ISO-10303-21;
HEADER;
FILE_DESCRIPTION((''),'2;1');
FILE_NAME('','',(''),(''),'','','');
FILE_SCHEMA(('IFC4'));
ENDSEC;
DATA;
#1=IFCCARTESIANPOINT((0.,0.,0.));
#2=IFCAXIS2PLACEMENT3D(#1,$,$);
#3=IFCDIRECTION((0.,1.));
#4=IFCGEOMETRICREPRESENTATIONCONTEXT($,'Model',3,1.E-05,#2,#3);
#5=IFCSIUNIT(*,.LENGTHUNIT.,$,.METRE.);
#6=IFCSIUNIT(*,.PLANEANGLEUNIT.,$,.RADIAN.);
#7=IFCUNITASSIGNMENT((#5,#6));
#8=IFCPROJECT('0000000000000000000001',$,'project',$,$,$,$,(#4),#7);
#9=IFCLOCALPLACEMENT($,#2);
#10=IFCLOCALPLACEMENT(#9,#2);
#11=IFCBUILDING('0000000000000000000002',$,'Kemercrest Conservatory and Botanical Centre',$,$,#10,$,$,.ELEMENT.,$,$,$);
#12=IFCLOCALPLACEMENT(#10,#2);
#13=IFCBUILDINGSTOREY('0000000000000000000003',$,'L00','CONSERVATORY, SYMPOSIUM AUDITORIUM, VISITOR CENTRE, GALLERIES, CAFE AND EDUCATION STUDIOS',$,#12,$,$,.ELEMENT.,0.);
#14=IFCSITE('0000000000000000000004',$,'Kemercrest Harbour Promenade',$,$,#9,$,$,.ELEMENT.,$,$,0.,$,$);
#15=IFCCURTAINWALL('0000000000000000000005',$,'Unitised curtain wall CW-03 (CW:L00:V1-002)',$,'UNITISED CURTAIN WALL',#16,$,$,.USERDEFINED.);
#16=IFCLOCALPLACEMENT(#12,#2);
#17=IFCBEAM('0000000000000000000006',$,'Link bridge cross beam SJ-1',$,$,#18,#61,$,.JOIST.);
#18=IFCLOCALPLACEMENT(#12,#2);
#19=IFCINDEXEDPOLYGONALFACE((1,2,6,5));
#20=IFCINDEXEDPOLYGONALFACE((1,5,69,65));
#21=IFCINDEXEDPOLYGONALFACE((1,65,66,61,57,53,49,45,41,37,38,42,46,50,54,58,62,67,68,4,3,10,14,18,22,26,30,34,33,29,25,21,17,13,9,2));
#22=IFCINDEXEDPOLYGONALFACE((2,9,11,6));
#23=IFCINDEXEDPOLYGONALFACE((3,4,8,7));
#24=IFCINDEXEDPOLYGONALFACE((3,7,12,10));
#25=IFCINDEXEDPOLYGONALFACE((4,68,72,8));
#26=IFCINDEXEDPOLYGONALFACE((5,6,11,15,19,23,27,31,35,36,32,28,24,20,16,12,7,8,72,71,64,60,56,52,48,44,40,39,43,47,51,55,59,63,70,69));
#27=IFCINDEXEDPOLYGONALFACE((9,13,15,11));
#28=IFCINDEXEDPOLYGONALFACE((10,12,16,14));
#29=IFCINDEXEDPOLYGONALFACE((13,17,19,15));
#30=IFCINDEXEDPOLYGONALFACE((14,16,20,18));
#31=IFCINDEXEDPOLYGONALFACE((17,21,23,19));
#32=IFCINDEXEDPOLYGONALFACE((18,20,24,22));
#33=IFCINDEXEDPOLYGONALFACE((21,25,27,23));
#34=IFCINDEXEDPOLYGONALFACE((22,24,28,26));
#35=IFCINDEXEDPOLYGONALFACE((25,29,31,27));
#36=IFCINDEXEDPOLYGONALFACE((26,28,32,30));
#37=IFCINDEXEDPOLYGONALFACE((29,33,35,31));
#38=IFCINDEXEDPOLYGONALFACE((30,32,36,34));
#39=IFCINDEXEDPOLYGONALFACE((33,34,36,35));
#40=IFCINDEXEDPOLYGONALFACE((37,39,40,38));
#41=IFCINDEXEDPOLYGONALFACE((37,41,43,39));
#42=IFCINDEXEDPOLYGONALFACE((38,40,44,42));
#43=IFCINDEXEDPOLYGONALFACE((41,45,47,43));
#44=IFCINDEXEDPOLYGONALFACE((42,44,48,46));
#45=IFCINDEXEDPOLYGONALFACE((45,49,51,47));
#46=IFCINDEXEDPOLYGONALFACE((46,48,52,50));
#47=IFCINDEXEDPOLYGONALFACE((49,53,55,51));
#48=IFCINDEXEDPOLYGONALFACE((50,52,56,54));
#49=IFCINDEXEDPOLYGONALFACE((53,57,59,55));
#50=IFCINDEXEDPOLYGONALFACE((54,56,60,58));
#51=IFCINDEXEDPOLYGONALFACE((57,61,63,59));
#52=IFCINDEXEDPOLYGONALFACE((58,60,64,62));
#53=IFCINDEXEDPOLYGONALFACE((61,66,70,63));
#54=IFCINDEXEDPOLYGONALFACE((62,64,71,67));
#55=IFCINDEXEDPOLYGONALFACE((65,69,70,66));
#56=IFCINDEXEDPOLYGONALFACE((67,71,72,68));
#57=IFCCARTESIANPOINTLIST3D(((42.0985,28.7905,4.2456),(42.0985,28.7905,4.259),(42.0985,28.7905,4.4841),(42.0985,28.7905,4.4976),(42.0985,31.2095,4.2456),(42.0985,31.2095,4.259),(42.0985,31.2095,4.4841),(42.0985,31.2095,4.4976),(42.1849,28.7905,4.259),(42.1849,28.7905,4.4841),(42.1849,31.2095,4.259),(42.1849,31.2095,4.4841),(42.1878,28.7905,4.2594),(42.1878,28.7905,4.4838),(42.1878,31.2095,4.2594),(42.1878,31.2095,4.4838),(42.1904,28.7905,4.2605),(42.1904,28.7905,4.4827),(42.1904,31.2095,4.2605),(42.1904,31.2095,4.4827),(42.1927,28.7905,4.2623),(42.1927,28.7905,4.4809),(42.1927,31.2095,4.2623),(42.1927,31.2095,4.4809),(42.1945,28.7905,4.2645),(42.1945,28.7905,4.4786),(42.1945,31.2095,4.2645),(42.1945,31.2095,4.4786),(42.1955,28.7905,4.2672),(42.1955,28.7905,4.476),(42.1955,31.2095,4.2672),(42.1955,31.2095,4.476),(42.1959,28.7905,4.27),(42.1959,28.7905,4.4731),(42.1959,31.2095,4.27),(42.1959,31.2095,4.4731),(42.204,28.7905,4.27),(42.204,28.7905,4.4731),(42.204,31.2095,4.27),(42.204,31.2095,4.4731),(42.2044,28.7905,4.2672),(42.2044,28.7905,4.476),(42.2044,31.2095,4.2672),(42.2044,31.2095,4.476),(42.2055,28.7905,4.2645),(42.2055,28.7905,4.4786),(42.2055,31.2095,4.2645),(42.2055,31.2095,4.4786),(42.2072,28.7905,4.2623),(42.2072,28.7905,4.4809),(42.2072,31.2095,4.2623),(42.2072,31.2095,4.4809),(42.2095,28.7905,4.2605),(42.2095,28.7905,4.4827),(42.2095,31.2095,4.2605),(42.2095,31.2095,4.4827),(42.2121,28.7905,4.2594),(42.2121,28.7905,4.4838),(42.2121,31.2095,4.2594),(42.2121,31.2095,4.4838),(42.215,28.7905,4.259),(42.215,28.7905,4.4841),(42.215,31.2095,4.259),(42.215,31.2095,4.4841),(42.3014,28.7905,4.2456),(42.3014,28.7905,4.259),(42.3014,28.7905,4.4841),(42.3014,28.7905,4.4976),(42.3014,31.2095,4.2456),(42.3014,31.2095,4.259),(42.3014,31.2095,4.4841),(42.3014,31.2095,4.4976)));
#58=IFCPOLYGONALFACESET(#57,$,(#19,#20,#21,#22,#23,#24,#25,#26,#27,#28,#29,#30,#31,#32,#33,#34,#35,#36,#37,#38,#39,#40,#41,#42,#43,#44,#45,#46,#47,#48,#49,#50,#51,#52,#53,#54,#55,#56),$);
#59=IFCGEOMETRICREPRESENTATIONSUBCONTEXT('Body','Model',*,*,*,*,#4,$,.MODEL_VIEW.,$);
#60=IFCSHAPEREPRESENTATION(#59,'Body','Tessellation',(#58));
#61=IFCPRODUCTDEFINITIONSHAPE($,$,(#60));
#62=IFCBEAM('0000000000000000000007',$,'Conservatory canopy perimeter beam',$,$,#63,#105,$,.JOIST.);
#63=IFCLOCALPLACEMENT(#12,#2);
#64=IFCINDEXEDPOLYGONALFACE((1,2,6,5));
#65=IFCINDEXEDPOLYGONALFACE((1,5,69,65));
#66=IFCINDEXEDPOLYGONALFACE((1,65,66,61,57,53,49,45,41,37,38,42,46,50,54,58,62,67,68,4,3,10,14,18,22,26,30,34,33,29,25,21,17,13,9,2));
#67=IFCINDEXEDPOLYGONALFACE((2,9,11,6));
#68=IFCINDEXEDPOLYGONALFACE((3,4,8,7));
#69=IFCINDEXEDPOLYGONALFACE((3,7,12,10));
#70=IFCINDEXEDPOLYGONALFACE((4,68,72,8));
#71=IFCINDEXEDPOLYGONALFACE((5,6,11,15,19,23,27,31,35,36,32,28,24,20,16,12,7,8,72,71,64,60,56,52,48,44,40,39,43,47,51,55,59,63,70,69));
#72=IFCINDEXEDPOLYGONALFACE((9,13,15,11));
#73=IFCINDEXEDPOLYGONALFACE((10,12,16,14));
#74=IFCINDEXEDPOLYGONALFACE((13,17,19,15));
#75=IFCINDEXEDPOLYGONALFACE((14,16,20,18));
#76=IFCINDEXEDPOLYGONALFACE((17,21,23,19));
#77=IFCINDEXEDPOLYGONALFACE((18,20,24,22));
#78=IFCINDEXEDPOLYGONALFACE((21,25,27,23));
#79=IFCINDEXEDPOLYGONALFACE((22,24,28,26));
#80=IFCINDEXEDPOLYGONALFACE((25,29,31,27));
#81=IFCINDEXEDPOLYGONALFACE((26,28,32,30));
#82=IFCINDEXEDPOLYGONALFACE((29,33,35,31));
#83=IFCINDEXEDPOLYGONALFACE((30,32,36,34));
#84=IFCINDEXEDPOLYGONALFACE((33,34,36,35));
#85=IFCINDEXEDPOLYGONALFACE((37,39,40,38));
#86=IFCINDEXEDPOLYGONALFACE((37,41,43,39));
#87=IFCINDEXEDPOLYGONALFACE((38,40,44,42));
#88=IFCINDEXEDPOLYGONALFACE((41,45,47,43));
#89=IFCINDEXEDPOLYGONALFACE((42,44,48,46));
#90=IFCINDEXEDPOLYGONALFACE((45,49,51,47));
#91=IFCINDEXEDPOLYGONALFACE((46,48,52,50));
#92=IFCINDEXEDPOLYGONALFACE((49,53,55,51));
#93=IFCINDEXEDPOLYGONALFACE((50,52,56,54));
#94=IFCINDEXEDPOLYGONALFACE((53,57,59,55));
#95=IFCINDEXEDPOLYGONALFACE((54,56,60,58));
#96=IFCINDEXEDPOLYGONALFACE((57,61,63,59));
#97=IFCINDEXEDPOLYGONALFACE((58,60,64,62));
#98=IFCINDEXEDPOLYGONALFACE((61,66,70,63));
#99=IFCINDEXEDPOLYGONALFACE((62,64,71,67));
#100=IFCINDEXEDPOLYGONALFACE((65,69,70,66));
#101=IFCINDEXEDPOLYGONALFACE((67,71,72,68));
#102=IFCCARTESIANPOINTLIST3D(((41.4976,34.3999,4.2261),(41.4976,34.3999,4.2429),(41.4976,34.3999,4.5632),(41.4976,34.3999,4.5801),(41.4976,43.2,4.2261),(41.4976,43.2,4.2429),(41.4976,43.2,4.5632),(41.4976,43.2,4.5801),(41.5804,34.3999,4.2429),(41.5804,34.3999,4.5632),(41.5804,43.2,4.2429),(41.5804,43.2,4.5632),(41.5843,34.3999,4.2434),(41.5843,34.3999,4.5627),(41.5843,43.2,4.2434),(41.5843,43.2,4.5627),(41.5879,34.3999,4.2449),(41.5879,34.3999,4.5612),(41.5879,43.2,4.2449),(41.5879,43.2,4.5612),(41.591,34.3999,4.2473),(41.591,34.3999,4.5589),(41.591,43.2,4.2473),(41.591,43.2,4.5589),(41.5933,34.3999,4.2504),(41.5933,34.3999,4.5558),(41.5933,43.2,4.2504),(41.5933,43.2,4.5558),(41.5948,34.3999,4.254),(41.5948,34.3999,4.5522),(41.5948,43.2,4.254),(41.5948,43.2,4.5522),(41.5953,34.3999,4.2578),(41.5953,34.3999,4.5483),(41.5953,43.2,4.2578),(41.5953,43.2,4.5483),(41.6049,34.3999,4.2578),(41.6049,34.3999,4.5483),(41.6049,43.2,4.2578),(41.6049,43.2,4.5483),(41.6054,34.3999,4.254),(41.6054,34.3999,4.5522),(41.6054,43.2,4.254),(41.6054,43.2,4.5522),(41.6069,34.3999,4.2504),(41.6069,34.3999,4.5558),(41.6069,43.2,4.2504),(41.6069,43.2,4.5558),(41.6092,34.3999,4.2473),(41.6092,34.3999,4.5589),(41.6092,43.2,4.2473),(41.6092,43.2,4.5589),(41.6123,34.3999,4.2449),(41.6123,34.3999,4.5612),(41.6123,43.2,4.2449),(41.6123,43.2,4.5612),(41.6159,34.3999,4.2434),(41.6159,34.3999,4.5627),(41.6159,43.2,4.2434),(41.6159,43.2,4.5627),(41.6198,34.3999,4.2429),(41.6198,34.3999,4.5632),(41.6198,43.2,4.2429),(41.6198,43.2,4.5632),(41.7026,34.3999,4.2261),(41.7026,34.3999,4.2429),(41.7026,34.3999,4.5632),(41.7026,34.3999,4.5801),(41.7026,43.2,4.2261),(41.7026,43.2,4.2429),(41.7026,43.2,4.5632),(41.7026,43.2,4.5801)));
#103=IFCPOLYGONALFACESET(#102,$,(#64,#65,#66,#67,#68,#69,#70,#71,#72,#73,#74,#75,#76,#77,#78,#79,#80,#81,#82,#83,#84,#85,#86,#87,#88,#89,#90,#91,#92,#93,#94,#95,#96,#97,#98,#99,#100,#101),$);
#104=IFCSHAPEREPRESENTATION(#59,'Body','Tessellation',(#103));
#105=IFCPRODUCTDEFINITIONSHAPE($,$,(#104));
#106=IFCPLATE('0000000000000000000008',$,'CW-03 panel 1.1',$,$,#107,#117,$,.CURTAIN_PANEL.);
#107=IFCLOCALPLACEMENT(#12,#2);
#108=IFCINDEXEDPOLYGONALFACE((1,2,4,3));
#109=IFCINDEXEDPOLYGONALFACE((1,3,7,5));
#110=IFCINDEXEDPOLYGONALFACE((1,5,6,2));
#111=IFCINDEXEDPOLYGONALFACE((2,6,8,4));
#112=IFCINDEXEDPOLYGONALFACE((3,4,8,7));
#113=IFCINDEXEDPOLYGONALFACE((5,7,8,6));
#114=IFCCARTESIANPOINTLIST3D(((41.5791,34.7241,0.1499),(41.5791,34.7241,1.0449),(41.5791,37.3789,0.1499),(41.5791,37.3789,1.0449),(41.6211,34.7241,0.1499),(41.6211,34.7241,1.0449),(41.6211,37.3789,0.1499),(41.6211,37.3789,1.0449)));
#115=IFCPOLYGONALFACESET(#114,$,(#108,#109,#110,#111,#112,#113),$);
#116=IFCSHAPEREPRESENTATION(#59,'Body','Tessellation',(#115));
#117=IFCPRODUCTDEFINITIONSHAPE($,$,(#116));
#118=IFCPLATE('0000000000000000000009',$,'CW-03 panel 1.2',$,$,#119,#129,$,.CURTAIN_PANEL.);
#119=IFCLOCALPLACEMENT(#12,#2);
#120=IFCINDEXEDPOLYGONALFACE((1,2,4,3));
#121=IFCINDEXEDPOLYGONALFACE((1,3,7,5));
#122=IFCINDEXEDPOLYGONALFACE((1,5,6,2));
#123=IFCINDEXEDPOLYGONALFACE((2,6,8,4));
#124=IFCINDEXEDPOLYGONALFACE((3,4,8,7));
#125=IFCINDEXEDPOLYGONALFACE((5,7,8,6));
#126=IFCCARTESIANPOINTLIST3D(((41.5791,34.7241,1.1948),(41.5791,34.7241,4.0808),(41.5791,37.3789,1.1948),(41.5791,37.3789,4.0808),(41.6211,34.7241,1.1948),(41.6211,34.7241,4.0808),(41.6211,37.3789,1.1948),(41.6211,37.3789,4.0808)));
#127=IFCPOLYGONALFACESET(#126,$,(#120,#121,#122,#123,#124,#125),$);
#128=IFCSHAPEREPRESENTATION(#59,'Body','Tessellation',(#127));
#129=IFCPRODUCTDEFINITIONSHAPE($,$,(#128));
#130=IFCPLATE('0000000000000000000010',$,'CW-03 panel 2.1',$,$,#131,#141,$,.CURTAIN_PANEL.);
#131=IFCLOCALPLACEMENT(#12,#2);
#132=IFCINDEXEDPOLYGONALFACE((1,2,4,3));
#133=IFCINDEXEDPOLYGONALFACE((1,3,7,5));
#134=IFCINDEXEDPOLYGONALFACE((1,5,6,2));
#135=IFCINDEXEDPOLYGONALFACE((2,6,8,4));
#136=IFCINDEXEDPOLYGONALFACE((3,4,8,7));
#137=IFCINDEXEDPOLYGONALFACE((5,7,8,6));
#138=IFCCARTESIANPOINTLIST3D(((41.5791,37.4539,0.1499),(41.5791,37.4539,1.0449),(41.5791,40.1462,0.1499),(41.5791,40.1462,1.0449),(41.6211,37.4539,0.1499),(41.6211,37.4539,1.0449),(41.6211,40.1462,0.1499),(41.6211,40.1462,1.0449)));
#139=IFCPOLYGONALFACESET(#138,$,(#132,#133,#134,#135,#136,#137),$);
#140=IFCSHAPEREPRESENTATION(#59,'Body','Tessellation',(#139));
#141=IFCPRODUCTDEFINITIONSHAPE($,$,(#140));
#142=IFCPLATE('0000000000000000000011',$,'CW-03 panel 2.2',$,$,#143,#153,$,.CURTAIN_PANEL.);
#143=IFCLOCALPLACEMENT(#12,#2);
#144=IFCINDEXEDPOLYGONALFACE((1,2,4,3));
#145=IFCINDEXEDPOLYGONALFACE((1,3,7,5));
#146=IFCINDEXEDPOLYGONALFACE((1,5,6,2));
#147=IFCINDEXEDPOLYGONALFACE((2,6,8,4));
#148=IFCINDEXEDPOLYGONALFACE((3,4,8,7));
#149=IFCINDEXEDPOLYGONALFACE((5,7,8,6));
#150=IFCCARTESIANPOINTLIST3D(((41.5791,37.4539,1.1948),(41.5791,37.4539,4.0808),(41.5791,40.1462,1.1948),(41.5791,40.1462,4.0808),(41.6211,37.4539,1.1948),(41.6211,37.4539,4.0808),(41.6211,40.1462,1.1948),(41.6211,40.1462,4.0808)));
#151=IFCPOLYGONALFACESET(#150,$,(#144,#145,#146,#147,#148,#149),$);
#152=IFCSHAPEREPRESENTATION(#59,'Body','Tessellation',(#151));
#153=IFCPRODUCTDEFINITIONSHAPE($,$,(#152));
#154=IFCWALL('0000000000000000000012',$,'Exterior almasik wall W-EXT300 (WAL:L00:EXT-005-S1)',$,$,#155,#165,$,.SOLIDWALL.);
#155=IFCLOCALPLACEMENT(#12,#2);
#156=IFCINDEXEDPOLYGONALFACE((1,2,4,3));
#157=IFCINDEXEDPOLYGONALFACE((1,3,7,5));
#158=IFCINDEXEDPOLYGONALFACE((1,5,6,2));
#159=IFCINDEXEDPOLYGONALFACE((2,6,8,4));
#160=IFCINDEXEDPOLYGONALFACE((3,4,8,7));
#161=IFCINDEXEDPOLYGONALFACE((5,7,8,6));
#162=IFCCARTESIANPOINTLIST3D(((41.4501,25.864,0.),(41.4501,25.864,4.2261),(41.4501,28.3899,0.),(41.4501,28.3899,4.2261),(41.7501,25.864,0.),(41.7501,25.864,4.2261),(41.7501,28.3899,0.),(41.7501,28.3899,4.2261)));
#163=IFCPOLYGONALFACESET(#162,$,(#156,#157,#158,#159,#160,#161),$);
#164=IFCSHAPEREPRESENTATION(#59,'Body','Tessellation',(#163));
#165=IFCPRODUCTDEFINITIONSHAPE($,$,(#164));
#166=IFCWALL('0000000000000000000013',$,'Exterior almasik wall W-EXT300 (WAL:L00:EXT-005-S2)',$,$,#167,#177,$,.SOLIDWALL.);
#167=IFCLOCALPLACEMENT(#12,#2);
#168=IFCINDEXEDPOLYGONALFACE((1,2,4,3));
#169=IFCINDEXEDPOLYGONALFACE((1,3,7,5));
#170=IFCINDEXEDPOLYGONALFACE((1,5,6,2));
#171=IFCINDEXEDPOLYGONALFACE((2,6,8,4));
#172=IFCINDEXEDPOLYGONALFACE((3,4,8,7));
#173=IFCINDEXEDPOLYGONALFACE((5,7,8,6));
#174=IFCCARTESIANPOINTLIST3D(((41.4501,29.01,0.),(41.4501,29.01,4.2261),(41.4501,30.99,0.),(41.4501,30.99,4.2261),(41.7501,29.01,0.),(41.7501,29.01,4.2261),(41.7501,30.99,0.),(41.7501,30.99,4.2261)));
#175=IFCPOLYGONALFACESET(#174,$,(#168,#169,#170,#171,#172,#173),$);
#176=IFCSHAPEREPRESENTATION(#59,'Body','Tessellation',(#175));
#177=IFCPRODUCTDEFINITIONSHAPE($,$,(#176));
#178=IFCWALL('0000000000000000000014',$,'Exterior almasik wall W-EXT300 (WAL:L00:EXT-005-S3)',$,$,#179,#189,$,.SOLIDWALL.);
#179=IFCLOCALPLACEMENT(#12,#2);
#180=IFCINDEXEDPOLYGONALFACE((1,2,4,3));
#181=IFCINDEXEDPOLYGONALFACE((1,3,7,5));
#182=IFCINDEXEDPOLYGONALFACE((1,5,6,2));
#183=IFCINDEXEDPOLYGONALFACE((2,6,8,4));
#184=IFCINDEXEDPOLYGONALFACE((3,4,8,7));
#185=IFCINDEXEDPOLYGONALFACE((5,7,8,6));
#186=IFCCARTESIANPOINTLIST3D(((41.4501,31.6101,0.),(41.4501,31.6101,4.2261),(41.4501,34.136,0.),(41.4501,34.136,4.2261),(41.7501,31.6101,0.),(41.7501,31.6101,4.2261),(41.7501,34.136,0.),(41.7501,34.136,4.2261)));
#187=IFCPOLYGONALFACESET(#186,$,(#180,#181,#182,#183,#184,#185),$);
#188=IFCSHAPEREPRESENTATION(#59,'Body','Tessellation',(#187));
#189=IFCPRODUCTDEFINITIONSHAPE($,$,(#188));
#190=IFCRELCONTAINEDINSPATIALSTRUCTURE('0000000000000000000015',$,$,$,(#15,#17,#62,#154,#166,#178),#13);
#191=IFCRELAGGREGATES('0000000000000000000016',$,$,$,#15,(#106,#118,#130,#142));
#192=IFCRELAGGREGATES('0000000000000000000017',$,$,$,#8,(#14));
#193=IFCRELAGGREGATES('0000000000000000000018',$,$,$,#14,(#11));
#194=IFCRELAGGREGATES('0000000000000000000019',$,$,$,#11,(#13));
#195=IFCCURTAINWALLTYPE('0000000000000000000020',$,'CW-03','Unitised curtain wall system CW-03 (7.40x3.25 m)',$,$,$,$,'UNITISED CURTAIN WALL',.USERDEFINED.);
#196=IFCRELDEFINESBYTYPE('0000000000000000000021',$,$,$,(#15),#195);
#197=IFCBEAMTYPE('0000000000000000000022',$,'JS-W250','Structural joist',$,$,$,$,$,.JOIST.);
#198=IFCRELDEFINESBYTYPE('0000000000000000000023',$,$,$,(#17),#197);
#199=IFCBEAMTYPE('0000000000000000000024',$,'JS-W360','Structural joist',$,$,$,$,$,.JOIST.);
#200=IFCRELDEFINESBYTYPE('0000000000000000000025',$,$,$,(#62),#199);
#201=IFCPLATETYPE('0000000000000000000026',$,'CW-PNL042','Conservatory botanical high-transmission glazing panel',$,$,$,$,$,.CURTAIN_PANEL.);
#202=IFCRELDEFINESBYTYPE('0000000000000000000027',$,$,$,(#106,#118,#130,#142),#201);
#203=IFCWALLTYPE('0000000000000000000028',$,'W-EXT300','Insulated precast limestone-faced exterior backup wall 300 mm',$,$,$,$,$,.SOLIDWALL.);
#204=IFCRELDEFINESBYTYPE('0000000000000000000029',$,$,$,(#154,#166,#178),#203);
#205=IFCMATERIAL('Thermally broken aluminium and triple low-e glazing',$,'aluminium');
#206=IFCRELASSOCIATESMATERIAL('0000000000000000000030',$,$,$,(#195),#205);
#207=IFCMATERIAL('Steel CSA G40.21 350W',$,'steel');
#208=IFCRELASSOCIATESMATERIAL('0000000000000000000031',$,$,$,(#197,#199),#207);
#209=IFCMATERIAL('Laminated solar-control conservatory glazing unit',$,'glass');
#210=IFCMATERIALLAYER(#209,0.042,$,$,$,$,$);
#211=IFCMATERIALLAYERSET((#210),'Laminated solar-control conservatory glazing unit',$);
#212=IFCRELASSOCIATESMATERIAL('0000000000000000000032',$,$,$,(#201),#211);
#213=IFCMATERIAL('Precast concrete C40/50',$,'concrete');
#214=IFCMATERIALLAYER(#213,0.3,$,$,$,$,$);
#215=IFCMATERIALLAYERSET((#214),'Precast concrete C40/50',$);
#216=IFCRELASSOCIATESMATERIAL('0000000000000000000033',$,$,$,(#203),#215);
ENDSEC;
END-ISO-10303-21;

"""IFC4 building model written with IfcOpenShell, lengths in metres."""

from ifc_helpers import new_model, si_unit, direction, frame, frame_2d, origin, origin_2d, place, context, subcontext, project, spatial, rectangle, i_section, extrude, material, layer, layer_set, material_profile, profile_set, type_object, element, aggregate, save


model = new_model("IFC4")

# Units and contexts
model_context = context("Model", 3, precision=1e-05, world=origin(), true_north=direction((0.0, 1.0)))
body_context = subcontext(model_context, "Body", "Model", "MODEL_VIEW")
ifc_project = project(units=[si_unit("LENGTHUNIT", "METRE"), si_unit("PLANEANGLEUNIT", "RADIAN")], contexts=[model_context])

# Site, building, storey
site_placement = place(None, origin())
site = spatial("IfcSite", under=ifc_project, at=site_placement, Name="Kemercrest Harbour Promenade", CompositionType="ELEMENT", RefElevation=0.0)
building_placement = place(site_placement, origin())
building = spatial("IfcBuilding", under=site, at=building_placement, Name="Kemercrest Conservatory and Botanical Centre", CompositionType="ELEMENT")
storey_placement = place(building_placement, origin())
storey = spatial("IfcBuildingStorey", under=building, at=storey_placement, Name="L00", Description="CONSERVATORY, SYMPOSIUM AUDITORIUM, VISITOR CENTRE, GALLERIES, CAFE AND EDUCATION STUDIOS", CompositionType="ELEMENT", Elevation=0.0)

# Shared definitions
ifc_material_1 = material(Name="Steel CSA G40.21 350W", Category="steel")

# Curtain wall
ifc_material_2 = material(Name="Thermally broken aluminium and triple low-e glazing", Category="aluminium")
curtain_wall_type = type_object("IfcCurtainWallType", Name="CW-03", Description="Unitised curtain wall system CW-03 (7.40x3.25 m)", ElementType="UNITISED CURTAIN WALL", PredefinedType="USERDEFINED", material=ifc_material_2)
curtain_wall_placement = place(storey_placement, origin())
curtain_wall = element("IfcCurtainWall", 1, at=curtain_wall_placement, inside=storey, type_object=curtain_wall_type, Name="Unitised curtain wall CW-03 (CW:L00:V1-002)", ObjectType="UNITISED CURTAIN WALL", PredefinedType="USERDEFINED")

# Beams
ifc_material_profile_1 = material_profile(ifc_material_1, i_section(OverallWidth=0.2029, OverallDepth=0.252, WebThickness=0.0081, FlangeThickness=0.0134, FilletRadius=0.011, at=origin_2d()), Name="W250X58")
ifc_profile_set_1 = profile_set([ifc_material_profile_1], Name="Steel CSA G40.21 350W")
beam_type_1 = type_object("IfcBeamType", Name="JS-W250", Description="Structural joist", PredefinedType="JOIST", material=ifc_profile_set_1)
beam_1_placement = place(storey_placement, frame((42.2, 28.7905, 4.3716), z_axis=(0.0, 1.0, 0.0), x_axis=(-1.0, 0.0, 0.0)))
element("IfcBeam", 2, at=beam_1_placement, inside=storey, type_object=beam_type_1, Name="Link bridge cross beam SJ-1", PredefinedType="JOIST", context=body_context, shape_type="SweptSolid", body=[
    extrude(i_section(OverallWidth=0.2029, OverallDepth=0.252, WebThickness=0.0081, FlangeThickness=0.0134, FilletRadius=0.011, at=origin_2d()), origin(), (0.0, 0.0, 1.0), 2.4189),
])
ifc_material_profile_2 = material_profile(ifc_material_1, i_section(OverallWidth=0.2051, OverallDepth=0.354, WebThickness=0.0095, FlangeThickness=0.0168, FilletRadius=0.0149, at=origin_2d()), Name="W360X79")
ifc_profile_set_2 = profile_set([ifc_material_profile_2], Name="Steel CSA G40.21 350W")
beam_type_2 = type_object("IfcBeamType", Name="JS-W360", Description="Structural joist", PredefinedType="JOIST", material=ifc_profile_set_2)
beam_2_placement = place(storey_placement, frame((41.6001, 34.3999, 4.4031), z_axis=(0.0, 1.0, 0.0), x_axis=(-1.0, 0.0, 0.0)))
element("IfcBeam", 3, at=beam_2_placement, inside=storey, type_object=beam_type_2, Name="Conservatory canopy perimeter beam", PredefinedType="JOIST", context=body_context, shape_type="SweptSolid", body=[
    extrude(i_section(OverallWidth=0.2051, OverallDepth=0.354, WebThickness=0.0095, FlangeThickness=0.0168, FilletRadius=0.0149, at=origin_2d()), origin(), (0.0, 0.0, 1.0), 8.8),
])

# Plates
ifc_material_3 = material(Name="Laminated solar-control conservatory glazing unit", Category="glass")
ifc_layer_1 = layer(ifc_material_3, 0.042)
ifc_layer_set_1 = layer_set([ifc_layer_1], Name="Laminated solar-control conservatory glazing unit")
plate_type = type_object("IfcPlateType", Name="CW-PNL042", Description="Conservatory botanical high-transmission glazing panel", PredefinedType="CURTAIN_PANEL", material=ifc_layer_set_1)
plate_1_placement = place(storey_placement, frame((41.6001, 36.0515, 0.1499), z_axis=(0.0, 0.0, 1.0), x_axis=(0.0, 1.0, 0.0)))
plate_1 = element("IfcPlate", 4, at=plate_1_placement, type_object=plate_type, Name="CW-03 panel 1.1", PredefinedType="CURTAIN_PANEL", context=body_context, shape_type="SweptSolid", body=[
    extrude(rectangle(XDim=2.6548, YDim=0.042, at=origin_2d()), origin(), (0.0, 0.0, 1.0), 0.895),
])
plate_2_placement = place(storey_placement, frame((41.6001, 36.0515, 1.1948), z_axis=(0.0, 0.0, 1.0), x_axis=(0.0, 1.0, 0.0)))
plate_2 = element("IfcPlate", 5, at=plate_2_placement, type_object=plate_type, Name="CW-03 panel 1.2", PredefinedType="CURTAIN_PANEL", context=body_context, shape_type="SweptSolid", body=[
    extrude(rectangle(XDim=2.6548, YDim=0.042, at=origin_2d()), origin(), (0.0, 0.0, 1.0), 2.886),
])
plate_3_placement = place(storey_placement, frame((41.6001, 38.8, 0.1499), z_axis=(0.0, 0.0, 1.0), x_axis=(0.0, 1.0, 0.0)))
plate_3 = element("IfcPlate", 6, at=plate_3_placement, type_object=plate_type, Name="CW-03 panel 2.1", PredefinedType="CURTAIN_PANEL", context=body_context, shape_type="SweptSolid", body=[
    extrude(rectangle(XDim=2.6924, YDim=0.042, at=origin_2d()), origin(), (0.0, 0.0, 1.0), 0.895),
])
plate_4_placement = place(storey_placement, frame((41.6001, 38.8, 1.1948), z_axis=(0.0, 0.0, 1.0), x_axis=(0.0, 1.0, 0.0)))
plate_4 = element("IfcPlate", 7, at=plate_4_placement, type_object=plate_type, Name="CW-03 panel 2.2", PredefinedType="CURTAIN_PANEL", context=body_context, shape_type="SweptSolid", body=[
    extrude(rectangle(XDim=2.6924, YDim=0.042, at=origin_2d()), origin(), (0.0, 0.0, 1.0), 2.886),
])
aggregate(curtain_wall, [plate_1, plate_2, plate_3, plate_4])

# Walls
ifc_material_4 = material(Name="Precast concrete C40/50", Category="concrete")
ifc_layer_2 = layer(ifc_material_4, 0.3)
ifc_layer_set_2 = layer_set([ifc_layer_2], Name="Precast concrete C40/50")
wall_type = type_object("IfcWallType", Name="W-EXT300", Description="Insulated precast limestone-faced exterior backup wall 300 mm", PredefinedType="SOLIDWALL", material=ifc_layer_set_2)
wall_1_placement = place(storey_placement, frame((41.6001, 25.864, 0.0), z_axis=(0.0, 0.0, 1.0), x_axis=(0.0, 1.0, 0.0)))
element("IfcWall", 8, at=wall_1_placement, inside=storey, type_object=wall_type, Name="Exterior almasik wall W-EXT300 (WAL:L00:EXT-005-S1)", PredefinedType="SOLIDWALL", context=body_context, shape_type="SweptSolid", body=[
    extrude(rectangle(XDim=2.5259, YDim=0.3, at=frame_2d((1.2629, 0.0))), origin(), (0.0, 0.0, 1.0), 4.2261),
])
wall_2_placement = place(storey_placement, frame((41.6001, 29.01, 0.0), z_axis=(0.0, 0.0, 1.0), x_axis=(0.0, 1.0, 0.0)))
element("IfcWall", 9, at=wall_2_placement, inside=storey, type_object=wall_type, Name="Exterior almasik wall W-EXT300 (WAL:L00:EXT-005-S2)", PredefinedType="SOLIDWALL", context=body_context, shape_type="SweptSolid", body=[
    extrude(rectangle(XDim=1.98, YDim=0.3, at=frame_2d((0.99, 0.0))), origin(), (0.0, 0.0, 1.0), 4.2261),
])
wall_3_placement = place(storey_placement, frame((41.6001, 31.6101, 0.0), z_axis=(0.0, 0.0, 1.0), x_axis=(0.0, 1.0, 0.0)))
element("IfcWall", 10, at=wall_3_placement, inside=storey, type_object=wall_type, Name="Exterior almasik wall W-EXT300 (WAL:L00:EXT-005-S3)", PredefinedType="SOLIDWALL", context=body_context, shape_type="SweptSolid", body=[
    extrude(rectangle(XDim=2.5259, YDim=0.3, at=frame_2d((1.2629, 0.0))), origin(), (0.0, 0.0, 1.0), 4.2261),
])

save(model, "model.ifc")
